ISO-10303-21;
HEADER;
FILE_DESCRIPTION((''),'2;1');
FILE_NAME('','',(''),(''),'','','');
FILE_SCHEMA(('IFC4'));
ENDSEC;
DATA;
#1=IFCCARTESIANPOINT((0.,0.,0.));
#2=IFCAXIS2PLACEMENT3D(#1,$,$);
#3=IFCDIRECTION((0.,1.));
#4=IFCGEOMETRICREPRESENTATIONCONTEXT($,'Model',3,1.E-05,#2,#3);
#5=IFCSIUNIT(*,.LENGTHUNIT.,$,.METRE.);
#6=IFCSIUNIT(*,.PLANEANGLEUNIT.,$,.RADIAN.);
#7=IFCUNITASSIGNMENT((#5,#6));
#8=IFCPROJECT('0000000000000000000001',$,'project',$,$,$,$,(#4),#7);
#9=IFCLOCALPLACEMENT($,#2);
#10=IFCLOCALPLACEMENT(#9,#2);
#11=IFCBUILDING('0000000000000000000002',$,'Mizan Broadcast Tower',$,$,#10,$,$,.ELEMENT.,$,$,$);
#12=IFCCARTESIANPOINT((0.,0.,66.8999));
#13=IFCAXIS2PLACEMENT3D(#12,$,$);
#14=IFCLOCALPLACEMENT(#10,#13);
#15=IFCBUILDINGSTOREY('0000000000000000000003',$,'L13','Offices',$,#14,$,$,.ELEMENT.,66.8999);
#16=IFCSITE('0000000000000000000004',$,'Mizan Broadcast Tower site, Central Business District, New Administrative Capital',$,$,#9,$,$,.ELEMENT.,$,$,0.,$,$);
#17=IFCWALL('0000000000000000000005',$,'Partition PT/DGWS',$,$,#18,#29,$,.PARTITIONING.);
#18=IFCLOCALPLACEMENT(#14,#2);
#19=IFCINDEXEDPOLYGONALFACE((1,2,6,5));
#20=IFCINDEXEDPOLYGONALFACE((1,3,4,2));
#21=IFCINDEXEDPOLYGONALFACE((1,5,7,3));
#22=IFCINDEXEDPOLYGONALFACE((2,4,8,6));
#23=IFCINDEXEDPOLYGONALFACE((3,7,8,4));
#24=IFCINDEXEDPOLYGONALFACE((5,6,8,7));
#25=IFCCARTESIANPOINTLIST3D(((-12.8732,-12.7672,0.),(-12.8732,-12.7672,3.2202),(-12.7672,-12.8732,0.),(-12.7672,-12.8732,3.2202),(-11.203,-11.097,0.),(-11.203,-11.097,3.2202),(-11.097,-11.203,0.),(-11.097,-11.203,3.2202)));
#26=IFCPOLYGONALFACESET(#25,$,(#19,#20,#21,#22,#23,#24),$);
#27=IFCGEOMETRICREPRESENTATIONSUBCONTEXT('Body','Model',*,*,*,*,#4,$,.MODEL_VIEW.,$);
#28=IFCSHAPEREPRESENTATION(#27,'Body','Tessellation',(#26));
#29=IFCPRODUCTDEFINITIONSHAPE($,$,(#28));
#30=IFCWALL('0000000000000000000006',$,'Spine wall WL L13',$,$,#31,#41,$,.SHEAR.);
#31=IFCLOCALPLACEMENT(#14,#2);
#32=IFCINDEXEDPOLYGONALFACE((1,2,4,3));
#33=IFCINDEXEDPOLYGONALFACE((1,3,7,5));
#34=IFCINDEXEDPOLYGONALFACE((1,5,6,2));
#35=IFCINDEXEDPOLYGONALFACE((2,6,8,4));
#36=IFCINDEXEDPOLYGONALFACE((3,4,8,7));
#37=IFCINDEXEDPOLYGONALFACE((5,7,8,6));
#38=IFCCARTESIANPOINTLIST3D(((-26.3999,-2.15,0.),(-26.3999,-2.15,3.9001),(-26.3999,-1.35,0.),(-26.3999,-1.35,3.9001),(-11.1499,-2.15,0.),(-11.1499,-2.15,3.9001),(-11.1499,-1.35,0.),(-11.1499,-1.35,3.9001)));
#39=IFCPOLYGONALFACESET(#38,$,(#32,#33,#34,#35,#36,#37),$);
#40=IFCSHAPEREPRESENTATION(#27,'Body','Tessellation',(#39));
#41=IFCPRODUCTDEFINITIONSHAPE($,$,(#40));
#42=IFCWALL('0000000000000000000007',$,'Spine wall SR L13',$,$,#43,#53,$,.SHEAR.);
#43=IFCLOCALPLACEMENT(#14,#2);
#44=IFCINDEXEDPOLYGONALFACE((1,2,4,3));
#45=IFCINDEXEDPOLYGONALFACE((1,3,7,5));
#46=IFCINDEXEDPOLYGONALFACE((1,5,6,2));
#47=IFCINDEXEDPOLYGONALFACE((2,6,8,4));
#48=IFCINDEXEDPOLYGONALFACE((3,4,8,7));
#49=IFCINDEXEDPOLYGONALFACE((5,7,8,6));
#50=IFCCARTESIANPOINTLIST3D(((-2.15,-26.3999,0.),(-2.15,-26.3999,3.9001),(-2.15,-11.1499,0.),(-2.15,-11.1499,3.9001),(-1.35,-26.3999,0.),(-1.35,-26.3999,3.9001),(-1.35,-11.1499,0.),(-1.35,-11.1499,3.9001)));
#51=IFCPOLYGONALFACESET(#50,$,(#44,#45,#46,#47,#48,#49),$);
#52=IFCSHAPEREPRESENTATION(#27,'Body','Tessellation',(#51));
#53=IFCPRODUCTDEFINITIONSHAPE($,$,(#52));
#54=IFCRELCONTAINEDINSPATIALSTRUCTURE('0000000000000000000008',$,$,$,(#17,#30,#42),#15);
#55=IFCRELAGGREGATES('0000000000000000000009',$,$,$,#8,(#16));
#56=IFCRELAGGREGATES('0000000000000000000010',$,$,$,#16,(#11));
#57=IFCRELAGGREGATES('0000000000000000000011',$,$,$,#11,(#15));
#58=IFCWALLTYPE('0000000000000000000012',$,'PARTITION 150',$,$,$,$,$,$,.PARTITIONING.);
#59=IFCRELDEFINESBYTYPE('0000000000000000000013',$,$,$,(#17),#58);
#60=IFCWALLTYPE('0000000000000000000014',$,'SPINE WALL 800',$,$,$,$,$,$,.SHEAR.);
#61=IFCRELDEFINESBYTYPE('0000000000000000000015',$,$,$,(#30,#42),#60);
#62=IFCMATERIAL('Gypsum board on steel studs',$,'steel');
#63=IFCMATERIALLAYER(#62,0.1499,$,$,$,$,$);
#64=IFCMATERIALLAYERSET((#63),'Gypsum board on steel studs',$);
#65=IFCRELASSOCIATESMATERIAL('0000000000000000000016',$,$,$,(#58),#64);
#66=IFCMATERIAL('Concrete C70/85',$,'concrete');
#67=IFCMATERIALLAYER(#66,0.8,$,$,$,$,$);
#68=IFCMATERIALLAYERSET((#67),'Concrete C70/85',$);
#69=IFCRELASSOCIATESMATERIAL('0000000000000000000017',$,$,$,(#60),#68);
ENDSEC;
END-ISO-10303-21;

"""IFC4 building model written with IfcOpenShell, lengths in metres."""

from ifc_helpers import new_model, si_unit, direction, frame, frame_2d, origin, place, context, subcontext, project, spatial, rectangle, extrude, material, layer, layer_set, type_object, element, save


model = new_model("IFC4")

# Units and contexts
model_context = context("Model", 3, precision=1e-05, world=origin(), true_north=direction((0.0, 1.0)))
body_context = subcontext(model_context, "Body", "Model", "MODEL_VIEW")
ifc_project = project(units=[si_unit("LENGTHUNIT", "METRE"), si_unit("PLANEANGLEUNIT", "RADIAN")], contexts=[model_context])

# Site, building, storey
site_placement = place(None, origin())
site = spatial("IfcSite", under=ifc_project, at=site_placement, Name="Mizan Broadcast Tower site, Central Business District, New Administrative Capital", CompositionType="ELEMENT", RefElevation=0.0)
building_placement = place(site_placement, origin())
building = spatial("IfcBuilding", under=site, at=building_placement, Name="Mizan Broadcast Tower", CompositionType="ELEMENT")
storey_placement = place(building_placement, frame((0.0, 0.0, 66.8999)))
storey = spatial("IfcBuildingStorey", under=building, at=storey_placement, Name="L13", Description="Offices", CompositionType="ELEMENT", Elevation=66.8999)

# Walls
ifc_material_1 = material(Name="Gypsum board on steel studs", Category="steel")
ifc_layer_1 = layer(ifc_material_1, 0.1499)
ifc_layer_set_1 = layer_set([ifc_layer_1], Name="Gypsum board on steel studs")
wall_type_1 = type_object("IfcWallType", Name="PARTITION 150", PredefinedType="PARTITIONING", material=ifc_layer_set_1)
wall_1_placement = place(storey_placement, frame((-11.1499, -11.1499, 0.0), z_axis=(0.0, 0.0, 1.0), x_axis=(-0.707107, -0.707107, 0.0)))
element("IfcWall", 1, at=wall_1_placement, inside=storey, type_object=wall_type_1, Name="Partition PT/DGWS", PredefinedType="PARTITIONING", context=body_context, shape_type="SweptSolid", body=[
    extrude(rectangle(XDim=2.3621, YDim=0.1499, at=frame_2d((1.1812, 0.0))), origin(), (0.0, 0.0, 1.0), 3.2202),
])
ifc_material_2 = material(Name="Concrete C70/85", Category="concrete")
ifc_layer_2 = layer(ifc_material_2, 0.8)
ifc_layer_set_2 = layer_set([ifc_layer_2], Name="Concrete C70/85")
wall_type_2 = type_object("IfcWallType", Name="SPINE WALL 800", PredefinedType="SHEAR", material=ifc_layer_set_2)
for number, where, z_axis, x_axis, name in (
    (2, (-11.1499, -1.75, 0.0), (0.0, 0.0, 1.0), (-1.0, 0.0, 0.0), "Spine wall WL L13"),
    (3, (-1.75, -11.1499, 0.0), (0.0, 0.0, 1.0), (0.0, -1.0, 0.0), "Spine wall SR L13"),
):
    element("IfcWall", number, at=place(storey_placement, frame(where, z_axis=z_axis, x_axis=x_axis)), inside=storey, type_object=wall_type_2, Name=name, PredefinedType="SHEAR", context=body_context, shape_type="SweptSolid", body=[
        extrude(rectangle(XDim=15.25, YDim=0.8, at=frame_2d((7.625, 0.0))), origin(), (0.0, 0.0, 1.0), 3.9001),
    ])

save(model, "model.ifc")
